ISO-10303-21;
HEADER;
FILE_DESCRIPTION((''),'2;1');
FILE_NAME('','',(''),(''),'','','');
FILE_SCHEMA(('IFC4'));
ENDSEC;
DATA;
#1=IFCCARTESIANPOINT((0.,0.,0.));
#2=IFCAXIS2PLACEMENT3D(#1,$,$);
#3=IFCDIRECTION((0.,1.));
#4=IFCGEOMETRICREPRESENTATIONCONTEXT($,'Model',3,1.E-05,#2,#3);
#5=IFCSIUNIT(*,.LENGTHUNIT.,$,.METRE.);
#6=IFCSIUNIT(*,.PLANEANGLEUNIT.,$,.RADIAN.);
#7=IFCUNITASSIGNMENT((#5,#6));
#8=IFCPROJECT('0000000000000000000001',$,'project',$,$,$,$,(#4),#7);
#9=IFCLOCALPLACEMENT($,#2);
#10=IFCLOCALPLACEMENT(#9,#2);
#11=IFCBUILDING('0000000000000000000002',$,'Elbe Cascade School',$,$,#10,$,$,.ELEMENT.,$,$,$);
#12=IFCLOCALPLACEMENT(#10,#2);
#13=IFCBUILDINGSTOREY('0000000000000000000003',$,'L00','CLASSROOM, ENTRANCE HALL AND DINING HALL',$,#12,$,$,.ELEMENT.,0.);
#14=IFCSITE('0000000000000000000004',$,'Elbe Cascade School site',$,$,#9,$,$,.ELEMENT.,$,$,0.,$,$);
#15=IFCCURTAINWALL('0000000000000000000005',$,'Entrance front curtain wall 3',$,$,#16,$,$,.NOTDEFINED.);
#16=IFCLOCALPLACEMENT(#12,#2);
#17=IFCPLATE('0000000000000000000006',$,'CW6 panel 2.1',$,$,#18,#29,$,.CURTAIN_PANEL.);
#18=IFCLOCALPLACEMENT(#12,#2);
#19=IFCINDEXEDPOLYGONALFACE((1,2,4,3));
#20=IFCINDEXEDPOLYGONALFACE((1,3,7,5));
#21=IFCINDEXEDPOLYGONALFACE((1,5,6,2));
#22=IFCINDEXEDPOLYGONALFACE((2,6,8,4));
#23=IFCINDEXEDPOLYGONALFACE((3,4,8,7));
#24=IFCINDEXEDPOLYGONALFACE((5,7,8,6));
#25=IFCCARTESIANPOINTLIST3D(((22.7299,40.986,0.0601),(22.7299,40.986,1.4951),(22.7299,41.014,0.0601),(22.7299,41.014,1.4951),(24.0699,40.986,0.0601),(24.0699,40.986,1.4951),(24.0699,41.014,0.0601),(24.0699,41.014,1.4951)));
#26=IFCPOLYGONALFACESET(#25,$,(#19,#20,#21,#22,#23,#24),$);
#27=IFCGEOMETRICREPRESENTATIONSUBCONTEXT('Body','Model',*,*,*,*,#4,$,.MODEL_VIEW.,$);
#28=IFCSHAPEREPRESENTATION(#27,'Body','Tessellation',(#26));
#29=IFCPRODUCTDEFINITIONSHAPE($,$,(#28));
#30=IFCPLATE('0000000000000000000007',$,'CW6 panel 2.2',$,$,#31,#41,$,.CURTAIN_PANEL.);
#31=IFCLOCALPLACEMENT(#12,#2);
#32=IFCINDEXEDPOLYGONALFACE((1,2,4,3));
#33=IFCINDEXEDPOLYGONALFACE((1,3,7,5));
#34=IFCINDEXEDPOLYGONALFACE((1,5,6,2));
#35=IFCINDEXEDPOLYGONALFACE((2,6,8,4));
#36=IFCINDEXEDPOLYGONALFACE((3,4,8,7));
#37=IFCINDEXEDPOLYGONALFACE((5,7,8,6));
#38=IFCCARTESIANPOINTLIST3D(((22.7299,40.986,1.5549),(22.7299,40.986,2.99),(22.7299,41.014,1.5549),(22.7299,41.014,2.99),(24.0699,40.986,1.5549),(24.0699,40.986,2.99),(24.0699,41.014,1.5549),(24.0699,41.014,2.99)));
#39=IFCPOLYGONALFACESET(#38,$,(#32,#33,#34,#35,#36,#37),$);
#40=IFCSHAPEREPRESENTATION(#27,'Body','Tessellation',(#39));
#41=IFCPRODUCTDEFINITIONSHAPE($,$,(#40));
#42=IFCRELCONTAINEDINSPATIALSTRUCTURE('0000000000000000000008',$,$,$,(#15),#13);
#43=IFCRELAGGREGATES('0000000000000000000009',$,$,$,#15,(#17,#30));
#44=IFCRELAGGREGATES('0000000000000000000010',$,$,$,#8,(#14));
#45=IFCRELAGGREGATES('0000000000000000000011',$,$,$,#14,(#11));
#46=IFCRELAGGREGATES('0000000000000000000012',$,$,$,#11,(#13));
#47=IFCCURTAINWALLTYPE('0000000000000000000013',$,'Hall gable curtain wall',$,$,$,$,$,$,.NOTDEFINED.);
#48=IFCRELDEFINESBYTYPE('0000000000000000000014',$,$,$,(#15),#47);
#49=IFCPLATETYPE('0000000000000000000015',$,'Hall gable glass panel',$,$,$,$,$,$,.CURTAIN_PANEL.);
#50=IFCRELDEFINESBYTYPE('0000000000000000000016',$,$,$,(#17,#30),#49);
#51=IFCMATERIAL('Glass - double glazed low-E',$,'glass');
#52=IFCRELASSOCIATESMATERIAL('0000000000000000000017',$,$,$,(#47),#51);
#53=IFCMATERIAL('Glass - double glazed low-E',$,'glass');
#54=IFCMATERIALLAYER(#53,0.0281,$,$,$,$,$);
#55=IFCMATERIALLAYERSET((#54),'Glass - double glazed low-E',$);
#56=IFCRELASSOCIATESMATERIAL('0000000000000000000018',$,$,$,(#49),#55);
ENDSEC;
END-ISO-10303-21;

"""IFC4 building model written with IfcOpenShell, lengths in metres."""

from ifc_helpers import new_model, si_unit, direction, frame, origin, origin_2d, place, context, subcontext, project, spatial, rectangle, extrude, material, layer, layer_set, type_object, element, aggregate, save


model = new_model("IFC4")

# Units and contexts
model_context = context("Model", 3, precision=1e-05, world=origin(), true_north=direction((0.0, 1.0)))
body_context = subcontext(model_context, "Body", "Model", "MODEL_VIEW")
ifc_project = project(units=[si_unit("LENGTHUNIT", "METRE"), si_unit("PLANEANGLEUNIT", "RADIAN")], contexts=[model_context])

# Site, building, storey
site_placement = place(None, origin())
site = spatial("IfcSite", under=ifc_project, at=site_placement, Name="Elbe Cascade School site", CompositionType="ELEMENT", RefElevation=0.0)
building_placement = place(site_placement, origin())
building = spatial("IfcBuilding", under=site, at=building_placement, Name="Elbe Cascade School", CompositionType="ELEMENT")
storey_placement = place(building_placement, origin())
storey = spatial("IfcBuildingStorey", under=building, at=storey_placement, Name="L00", Description="CLASSROOM, ENTRANCE HALL AND DINING HALL", CompositionType="ELEMENT", Elevation=0.0)

# Curtain wall, plates
ifc_material_1 = material(Name="Glass - double glazed low-E", Category="glass")
curtain_wall_type = type_object("IfcCurtainWallType", Name="Hall gable curtain wall", PredefinedType="NOTDEFINED", material=ifc_material_1)
curtain_wall_placement = place(storey_placement, origin())
curtain_wall = element("IfcCurtainWall", 1, at=curtain_wall_placement, inside=storey, type_object=curtain_wall_type, Name="Entrance front curtain wall 3", PredefinedType="NOTDEFINED")
ifc_material_2 = material(Name="Glass - double glazed low-E", Category="glass")
ifc_layer_1 = layer(ifc_material_2, 0.0281)
ifc_layer_set_1 = layer_set([ifc_layer_1], Name="Glass - double glazed low-E")
plate_type = type_object("IfcPlateType", Name="Hall gable glass panel", PredefinedType="CURTAIN_PANEL", material=ifc_layer_set_1)
plate_1_placement = place(storey_placement, frame((23.3999, 41.0, 0.0601), z_axis=(0.0, 0.0, 1.0), x_axis=(1.0, 0.0, 0.0)))
plate_1 = element("IfcPlate", 2, at=plate_1_placement, type_object=plate_type, Name="CW6 panel 2.1", PredefinedType="CURTAIN_PANEL", context=body_context, shape_type="SweptSolid", body=[
    extrude(rectangle(XDim=1.3401, YDim=0.0281, at=origin_2d()), origin(), (0.0, 0.0, 1.0), 1.4351),
])
plate_2_placement = place(storey_placement, frame((23.3999, 41.0, 1.5549), z_axis=(0.0, 0.0, 1.0), x_axis=(1.0, 0.0, 0.0)))
plate_2 = element("IfcPlate", 3, at=plate_2_placement, type_object=plate_type, Name="CW6 panel 2.2", PredefinedType="CURTAIN_PANEL", context=body_context, shape_type="SweptSolid", body=[
    extrude(rectangle(XDim=1.3401, YDim=0.0281, at=origin_2d()), origin(), (0.0, 0.0, 1.0), 1.4351),
])
aggregate(curtain_wall, [plate_1, plate_2])

save(model, "model.ifc")
